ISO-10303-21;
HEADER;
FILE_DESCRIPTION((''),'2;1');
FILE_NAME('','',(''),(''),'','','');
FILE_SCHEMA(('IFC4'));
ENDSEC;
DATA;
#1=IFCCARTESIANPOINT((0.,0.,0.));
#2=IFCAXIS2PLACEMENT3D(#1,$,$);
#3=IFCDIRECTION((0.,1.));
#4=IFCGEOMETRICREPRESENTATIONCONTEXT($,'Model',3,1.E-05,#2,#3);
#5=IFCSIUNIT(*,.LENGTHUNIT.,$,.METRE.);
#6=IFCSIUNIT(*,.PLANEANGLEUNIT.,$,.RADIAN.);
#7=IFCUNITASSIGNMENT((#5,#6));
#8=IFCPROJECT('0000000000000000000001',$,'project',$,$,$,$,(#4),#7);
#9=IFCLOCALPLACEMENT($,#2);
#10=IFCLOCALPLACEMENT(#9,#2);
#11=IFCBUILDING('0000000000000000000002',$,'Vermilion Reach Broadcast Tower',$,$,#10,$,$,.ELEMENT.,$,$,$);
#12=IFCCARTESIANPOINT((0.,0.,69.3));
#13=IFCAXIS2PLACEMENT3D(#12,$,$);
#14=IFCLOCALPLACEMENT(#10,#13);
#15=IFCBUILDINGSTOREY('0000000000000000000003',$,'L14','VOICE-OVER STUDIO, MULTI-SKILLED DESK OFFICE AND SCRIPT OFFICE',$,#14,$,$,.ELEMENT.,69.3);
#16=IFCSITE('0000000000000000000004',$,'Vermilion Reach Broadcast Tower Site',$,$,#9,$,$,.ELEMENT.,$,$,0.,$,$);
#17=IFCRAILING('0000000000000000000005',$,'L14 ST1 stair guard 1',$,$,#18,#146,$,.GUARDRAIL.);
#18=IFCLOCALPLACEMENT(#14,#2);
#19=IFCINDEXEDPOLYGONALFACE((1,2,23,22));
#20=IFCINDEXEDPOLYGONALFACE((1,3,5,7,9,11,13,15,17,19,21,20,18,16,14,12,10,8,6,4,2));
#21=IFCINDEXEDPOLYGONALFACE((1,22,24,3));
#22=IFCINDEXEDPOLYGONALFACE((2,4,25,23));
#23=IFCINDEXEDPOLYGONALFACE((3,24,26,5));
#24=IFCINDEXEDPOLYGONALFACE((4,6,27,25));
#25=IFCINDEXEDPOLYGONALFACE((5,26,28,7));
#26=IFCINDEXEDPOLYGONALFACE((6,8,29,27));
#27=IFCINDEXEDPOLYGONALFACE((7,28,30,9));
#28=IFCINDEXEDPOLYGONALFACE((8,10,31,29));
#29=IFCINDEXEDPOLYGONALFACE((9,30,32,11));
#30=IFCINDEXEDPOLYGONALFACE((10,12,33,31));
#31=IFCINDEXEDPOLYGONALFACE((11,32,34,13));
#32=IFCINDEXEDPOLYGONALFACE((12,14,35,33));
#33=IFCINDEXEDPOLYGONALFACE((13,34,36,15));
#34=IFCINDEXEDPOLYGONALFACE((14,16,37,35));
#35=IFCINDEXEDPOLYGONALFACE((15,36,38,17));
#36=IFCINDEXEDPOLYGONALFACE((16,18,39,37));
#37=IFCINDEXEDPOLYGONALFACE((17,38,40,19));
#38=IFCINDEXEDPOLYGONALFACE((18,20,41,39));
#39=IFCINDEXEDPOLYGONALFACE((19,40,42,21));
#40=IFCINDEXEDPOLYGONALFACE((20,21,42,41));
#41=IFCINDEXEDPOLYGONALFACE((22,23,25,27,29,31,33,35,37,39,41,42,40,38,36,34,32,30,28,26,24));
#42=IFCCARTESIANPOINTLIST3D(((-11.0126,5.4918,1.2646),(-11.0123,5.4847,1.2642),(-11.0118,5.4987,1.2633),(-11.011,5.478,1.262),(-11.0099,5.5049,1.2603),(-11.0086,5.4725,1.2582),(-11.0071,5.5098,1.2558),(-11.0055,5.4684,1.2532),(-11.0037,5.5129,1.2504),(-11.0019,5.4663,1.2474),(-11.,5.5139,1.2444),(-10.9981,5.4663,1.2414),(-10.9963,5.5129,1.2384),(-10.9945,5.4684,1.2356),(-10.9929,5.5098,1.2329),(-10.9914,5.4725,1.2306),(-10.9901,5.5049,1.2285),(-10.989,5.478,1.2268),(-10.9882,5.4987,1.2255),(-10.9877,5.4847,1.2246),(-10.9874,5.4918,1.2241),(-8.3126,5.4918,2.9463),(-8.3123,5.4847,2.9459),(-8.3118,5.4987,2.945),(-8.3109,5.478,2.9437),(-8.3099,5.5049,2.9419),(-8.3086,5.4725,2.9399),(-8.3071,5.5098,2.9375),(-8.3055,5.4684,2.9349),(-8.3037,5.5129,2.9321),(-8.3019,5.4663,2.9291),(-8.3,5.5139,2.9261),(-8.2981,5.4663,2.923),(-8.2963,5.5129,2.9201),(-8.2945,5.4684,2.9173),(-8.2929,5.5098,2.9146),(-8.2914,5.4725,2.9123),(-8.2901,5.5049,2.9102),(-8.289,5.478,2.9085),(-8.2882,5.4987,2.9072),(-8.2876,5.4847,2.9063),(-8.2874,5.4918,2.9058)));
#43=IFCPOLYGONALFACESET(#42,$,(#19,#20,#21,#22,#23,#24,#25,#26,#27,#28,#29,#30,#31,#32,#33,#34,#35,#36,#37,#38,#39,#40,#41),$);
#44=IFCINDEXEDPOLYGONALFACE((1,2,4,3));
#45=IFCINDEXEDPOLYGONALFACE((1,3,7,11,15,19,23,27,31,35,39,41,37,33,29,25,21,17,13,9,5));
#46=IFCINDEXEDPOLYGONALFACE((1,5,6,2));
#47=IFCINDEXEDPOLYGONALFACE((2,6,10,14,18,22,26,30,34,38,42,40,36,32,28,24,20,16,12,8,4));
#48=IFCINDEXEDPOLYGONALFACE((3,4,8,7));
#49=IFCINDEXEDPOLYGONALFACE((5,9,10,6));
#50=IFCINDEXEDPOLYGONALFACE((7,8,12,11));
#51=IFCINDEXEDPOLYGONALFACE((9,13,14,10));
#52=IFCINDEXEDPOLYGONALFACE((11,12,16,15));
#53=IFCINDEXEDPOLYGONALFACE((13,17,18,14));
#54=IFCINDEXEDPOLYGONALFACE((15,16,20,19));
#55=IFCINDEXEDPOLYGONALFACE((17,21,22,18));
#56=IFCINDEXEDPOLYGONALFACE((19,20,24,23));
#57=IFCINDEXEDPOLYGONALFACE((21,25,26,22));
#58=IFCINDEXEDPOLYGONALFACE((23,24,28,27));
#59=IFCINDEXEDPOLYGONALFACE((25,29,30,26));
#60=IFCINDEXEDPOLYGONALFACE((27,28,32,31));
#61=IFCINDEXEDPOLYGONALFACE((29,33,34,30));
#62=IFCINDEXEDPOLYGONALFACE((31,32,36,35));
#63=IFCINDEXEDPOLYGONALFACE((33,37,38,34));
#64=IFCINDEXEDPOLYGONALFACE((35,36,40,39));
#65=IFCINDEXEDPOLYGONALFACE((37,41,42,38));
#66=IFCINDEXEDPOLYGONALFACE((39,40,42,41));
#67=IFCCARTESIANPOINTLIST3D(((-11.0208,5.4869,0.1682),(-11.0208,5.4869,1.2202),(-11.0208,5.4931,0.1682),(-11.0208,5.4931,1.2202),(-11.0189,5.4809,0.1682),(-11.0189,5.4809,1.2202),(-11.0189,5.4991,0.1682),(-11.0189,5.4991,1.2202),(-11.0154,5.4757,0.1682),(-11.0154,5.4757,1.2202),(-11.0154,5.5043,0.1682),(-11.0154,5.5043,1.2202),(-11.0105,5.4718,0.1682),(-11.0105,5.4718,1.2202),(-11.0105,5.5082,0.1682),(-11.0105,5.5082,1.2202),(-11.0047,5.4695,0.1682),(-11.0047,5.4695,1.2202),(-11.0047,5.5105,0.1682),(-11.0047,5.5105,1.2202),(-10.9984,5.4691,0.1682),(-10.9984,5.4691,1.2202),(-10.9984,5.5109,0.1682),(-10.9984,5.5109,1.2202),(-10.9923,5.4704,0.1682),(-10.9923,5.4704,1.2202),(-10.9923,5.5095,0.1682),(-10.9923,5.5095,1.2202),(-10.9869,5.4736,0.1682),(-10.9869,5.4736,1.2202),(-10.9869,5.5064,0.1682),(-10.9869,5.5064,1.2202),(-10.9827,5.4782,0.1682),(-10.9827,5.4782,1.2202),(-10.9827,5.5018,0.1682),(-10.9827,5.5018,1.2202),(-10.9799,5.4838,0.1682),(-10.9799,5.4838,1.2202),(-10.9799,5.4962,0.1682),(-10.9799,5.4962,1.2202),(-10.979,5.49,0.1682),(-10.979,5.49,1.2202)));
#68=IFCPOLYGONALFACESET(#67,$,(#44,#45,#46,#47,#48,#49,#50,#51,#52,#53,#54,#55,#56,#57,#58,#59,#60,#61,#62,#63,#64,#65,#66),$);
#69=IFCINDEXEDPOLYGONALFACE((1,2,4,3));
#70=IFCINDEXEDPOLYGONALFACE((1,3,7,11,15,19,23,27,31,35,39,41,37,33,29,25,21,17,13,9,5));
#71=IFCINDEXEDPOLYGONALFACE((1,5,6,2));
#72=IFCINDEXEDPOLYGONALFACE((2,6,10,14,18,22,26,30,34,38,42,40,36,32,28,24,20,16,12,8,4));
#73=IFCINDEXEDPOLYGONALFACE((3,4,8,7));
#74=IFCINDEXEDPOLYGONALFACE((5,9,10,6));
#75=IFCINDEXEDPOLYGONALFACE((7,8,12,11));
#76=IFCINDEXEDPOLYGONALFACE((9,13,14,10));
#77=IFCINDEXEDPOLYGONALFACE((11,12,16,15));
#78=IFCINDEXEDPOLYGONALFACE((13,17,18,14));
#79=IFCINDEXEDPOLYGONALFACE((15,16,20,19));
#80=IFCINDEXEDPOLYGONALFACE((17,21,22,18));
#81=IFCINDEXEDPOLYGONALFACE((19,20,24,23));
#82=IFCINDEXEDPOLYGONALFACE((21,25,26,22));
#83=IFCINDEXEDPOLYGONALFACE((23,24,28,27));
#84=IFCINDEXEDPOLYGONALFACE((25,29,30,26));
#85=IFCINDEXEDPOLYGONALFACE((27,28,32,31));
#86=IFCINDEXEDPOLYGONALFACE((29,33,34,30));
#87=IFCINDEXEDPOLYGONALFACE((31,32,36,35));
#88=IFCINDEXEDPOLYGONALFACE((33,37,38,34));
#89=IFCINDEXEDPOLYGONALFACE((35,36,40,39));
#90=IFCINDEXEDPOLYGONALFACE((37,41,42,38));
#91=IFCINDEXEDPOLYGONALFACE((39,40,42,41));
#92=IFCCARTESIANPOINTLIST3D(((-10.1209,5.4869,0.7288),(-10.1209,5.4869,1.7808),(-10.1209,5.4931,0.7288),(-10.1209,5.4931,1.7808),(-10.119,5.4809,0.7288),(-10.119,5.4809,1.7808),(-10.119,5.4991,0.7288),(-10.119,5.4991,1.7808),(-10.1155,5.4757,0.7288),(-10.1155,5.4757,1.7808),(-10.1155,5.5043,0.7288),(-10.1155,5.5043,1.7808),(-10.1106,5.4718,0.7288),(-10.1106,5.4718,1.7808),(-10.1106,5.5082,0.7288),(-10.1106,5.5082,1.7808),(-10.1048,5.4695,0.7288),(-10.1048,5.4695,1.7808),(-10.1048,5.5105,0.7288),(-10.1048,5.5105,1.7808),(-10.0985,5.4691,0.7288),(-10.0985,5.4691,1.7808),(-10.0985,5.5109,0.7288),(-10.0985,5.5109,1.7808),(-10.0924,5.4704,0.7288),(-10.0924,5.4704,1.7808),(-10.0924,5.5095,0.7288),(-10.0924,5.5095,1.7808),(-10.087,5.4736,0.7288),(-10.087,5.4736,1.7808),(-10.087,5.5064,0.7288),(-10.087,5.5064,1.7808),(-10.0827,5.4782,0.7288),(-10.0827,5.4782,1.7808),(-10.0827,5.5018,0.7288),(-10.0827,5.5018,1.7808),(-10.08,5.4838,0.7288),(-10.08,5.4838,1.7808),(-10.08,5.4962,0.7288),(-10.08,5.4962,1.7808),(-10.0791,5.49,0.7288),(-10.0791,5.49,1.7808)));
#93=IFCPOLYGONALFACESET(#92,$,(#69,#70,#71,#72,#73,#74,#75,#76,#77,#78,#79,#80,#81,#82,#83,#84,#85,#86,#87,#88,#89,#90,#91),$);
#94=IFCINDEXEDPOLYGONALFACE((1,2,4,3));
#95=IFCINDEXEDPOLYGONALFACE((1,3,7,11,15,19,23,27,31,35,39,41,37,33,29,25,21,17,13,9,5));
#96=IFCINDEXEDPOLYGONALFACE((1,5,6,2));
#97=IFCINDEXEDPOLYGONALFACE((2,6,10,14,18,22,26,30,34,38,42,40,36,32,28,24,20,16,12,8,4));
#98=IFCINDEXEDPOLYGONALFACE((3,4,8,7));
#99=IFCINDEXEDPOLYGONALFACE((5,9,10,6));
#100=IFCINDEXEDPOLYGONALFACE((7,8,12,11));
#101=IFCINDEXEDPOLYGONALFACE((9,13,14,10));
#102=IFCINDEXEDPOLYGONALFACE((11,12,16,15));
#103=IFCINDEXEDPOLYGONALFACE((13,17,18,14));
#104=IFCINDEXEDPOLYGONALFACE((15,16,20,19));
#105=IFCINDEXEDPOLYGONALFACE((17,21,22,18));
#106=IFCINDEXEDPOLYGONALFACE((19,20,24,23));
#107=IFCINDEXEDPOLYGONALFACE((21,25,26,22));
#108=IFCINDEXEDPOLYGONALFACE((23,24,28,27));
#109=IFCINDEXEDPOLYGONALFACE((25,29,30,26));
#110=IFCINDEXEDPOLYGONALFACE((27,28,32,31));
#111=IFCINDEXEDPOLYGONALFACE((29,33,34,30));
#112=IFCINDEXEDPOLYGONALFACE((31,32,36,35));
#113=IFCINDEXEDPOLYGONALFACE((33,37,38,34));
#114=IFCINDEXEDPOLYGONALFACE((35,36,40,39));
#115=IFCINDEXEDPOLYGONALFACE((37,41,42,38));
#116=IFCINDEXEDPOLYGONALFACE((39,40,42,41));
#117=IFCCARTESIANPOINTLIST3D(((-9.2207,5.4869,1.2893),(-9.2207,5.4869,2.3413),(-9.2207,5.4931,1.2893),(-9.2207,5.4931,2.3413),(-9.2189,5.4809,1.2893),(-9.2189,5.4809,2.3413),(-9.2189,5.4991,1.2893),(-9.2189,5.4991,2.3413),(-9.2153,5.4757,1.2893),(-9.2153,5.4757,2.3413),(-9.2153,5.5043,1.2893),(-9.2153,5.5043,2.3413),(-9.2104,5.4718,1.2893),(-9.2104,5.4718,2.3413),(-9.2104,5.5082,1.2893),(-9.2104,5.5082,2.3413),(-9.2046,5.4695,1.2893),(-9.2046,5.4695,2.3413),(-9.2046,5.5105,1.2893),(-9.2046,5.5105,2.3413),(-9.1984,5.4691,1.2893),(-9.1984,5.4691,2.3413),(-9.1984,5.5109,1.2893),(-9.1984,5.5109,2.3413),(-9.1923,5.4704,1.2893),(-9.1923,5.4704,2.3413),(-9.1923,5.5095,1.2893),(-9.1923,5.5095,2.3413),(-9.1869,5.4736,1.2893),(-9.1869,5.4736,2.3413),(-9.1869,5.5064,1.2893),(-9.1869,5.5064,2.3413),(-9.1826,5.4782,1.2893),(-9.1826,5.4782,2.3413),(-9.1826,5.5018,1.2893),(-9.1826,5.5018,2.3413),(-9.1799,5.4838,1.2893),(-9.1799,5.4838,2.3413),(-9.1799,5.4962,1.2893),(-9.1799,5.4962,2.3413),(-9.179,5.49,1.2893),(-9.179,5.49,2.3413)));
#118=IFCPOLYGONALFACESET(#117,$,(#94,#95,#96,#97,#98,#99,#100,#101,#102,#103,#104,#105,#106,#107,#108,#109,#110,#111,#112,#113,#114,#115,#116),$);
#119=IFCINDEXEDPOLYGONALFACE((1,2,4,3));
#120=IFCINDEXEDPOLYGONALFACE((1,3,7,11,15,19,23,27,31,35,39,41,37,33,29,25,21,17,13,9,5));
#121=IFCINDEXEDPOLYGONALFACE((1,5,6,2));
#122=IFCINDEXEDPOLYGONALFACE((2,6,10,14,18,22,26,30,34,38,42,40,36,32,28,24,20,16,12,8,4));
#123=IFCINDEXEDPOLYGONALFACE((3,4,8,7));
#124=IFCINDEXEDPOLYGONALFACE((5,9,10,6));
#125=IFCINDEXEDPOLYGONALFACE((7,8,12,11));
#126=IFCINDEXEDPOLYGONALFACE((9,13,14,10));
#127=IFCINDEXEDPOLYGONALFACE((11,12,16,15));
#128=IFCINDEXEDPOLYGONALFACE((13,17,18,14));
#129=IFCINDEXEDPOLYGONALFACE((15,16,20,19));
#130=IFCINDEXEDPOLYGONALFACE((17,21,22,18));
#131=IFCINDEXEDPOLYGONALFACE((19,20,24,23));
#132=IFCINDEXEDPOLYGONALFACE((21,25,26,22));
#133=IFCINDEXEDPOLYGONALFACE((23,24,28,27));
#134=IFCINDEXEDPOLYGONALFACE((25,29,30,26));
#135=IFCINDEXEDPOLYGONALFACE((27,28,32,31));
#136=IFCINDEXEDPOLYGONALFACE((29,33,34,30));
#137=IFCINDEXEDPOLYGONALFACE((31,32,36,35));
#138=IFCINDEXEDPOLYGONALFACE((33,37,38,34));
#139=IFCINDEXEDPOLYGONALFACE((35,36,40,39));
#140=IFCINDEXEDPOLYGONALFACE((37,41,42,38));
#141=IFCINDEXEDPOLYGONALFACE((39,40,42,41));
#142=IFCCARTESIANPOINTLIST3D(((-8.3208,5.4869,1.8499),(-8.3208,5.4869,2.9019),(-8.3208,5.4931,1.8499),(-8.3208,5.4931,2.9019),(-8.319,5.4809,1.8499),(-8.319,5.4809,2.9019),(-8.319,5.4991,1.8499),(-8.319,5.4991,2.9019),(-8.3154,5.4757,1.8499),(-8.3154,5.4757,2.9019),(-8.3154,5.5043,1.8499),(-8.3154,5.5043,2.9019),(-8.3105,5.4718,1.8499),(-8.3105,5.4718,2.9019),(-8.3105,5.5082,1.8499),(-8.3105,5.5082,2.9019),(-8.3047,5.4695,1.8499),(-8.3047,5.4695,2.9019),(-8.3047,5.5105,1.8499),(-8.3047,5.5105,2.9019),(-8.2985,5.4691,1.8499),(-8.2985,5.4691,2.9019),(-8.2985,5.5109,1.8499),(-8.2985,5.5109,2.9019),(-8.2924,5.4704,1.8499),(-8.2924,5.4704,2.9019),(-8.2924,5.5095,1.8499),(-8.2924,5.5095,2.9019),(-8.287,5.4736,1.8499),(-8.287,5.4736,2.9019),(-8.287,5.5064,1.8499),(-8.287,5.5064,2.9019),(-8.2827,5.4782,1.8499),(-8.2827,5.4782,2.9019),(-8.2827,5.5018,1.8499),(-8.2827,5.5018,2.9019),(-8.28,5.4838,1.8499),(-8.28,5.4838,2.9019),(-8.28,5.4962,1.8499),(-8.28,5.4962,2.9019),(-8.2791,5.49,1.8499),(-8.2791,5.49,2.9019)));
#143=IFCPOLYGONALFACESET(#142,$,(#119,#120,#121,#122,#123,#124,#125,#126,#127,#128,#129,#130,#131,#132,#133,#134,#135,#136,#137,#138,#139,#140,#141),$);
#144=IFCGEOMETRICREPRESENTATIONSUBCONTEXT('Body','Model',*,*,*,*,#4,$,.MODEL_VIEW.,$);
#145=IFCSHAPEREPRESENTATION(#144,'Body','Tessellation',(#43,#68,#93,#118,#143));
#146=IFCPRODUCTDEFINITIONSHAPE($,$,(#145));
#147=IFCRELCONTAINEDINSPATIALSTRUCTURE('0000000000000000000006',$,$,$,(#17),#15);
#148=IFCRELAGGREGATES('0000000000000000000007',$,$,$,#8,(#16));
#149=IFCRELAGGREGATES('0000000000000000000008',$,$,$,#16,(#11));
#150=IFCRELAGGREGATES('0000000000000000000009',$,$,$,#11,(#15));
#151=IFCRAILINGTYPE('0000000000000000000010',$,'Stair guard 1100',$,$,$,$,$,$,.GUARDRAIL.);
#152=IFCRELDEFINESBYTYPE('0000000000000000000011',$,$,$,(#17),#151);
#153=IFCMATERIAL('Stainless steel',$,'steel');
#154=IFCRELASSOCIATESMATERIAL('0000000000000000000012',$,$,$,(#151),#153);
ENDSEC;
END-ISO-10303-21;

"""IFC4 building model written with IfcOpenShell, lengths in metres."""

from ifc_helpers import new_model, si_unit, direction, frame, origin, origin_2d, place, context, subcontext, project, spatial, circle, extrude, material, type_object, element, save


model = new_model("IFC4")

# Units and contexts
model_context = context("Model", 3, precision=1e-05, world=origin(), true_north=direction((0.0, 1.0)))
body_context = subcontext(model_context, "Body", "Model", "MODEL_VIEW")
ifc_project = project(units=[si_unit("LENGTHUNIT", "METRE"), si_unit("PLANEANGLEUNIT", "RADIAN")], contexts=[model_context])

# Site, building, storey
site_placement = place(None, origin())
site = spatial("IfcSite", under=ifc_project, at=site_placement, Name="Vermilion Reach Broadcast Tower Site", CompositionType="ELEMENT", RefElevation=0.0)
building_placement = place(site_placement, origin())
building = spatial("IfcBuilding", under=site, at=building_placement, Name="Vermilion Reach Broadcast Tower", CompositionType="ELEMENT")
storey_placement = place(building_placement, frame((0.0, 0.0, 69.3)))
storey = spatial("IfcBuildingStorey", under=building, at=storey_placement, Name="L14", Description="VOICE-OVER STUDIO, MULTI-SKILLED DESK OFFICE AND SCRIPT OFFICE", CompositionType="ELEMENT", Elevation=69.3)

# Railing
ifc_material_1 = material(Name="Stainless steel", Category="steel")
railing_type_1 = type_object("IfcRailingType", Name="Stair guard 1100", PredefinedType="GUARDRAIL", material=ifc_material_1)
railing_1_placement = place(storey_placement, frame((-11.0, 5.49, 0.1682)))
element("IfcRailing", 1, at=railing_1_placement, inside=storey, type_object=railing_type_1, Name="L14 ST1 stair guard 1", PredefinedType="GUARDRAIL", context=body_context, shape_type="SweptSolid", body=[
    extrude(circle(Radius=0.0239, at=origin_2d()), frame((0.0, 0.0, 1.0762), z_axis=(0.848821, 0.0, 0.528681), x_axis=(0.0, 1.0, 0.0)), (0.0, 0.0, 1.0), 3.1809),
    extrude(circle(Radius=0.021, at=origin_2d()), origin(), (0.0, 0.0, 1.0), 1.052),
    extrude(circle(Radius=0.021, at=origin_2d()), frame((0.8999, 0.0, 0.5605)), (0.0, 0.0, 1.0), 1.052),
    extrude(circle(Radius=0.021, at=origin_2d()), frame((1.8, 0.0, 1.1211)), (0.0, 0.0, 1.0), 1.052),
    extrude(circle(Radius=0.021, at=origin_2d()), frame((2.7, 0.0, 1.6816)), (0.0, 0.0, 1.0), 1.052),
])

save(model, "model.ifc")
